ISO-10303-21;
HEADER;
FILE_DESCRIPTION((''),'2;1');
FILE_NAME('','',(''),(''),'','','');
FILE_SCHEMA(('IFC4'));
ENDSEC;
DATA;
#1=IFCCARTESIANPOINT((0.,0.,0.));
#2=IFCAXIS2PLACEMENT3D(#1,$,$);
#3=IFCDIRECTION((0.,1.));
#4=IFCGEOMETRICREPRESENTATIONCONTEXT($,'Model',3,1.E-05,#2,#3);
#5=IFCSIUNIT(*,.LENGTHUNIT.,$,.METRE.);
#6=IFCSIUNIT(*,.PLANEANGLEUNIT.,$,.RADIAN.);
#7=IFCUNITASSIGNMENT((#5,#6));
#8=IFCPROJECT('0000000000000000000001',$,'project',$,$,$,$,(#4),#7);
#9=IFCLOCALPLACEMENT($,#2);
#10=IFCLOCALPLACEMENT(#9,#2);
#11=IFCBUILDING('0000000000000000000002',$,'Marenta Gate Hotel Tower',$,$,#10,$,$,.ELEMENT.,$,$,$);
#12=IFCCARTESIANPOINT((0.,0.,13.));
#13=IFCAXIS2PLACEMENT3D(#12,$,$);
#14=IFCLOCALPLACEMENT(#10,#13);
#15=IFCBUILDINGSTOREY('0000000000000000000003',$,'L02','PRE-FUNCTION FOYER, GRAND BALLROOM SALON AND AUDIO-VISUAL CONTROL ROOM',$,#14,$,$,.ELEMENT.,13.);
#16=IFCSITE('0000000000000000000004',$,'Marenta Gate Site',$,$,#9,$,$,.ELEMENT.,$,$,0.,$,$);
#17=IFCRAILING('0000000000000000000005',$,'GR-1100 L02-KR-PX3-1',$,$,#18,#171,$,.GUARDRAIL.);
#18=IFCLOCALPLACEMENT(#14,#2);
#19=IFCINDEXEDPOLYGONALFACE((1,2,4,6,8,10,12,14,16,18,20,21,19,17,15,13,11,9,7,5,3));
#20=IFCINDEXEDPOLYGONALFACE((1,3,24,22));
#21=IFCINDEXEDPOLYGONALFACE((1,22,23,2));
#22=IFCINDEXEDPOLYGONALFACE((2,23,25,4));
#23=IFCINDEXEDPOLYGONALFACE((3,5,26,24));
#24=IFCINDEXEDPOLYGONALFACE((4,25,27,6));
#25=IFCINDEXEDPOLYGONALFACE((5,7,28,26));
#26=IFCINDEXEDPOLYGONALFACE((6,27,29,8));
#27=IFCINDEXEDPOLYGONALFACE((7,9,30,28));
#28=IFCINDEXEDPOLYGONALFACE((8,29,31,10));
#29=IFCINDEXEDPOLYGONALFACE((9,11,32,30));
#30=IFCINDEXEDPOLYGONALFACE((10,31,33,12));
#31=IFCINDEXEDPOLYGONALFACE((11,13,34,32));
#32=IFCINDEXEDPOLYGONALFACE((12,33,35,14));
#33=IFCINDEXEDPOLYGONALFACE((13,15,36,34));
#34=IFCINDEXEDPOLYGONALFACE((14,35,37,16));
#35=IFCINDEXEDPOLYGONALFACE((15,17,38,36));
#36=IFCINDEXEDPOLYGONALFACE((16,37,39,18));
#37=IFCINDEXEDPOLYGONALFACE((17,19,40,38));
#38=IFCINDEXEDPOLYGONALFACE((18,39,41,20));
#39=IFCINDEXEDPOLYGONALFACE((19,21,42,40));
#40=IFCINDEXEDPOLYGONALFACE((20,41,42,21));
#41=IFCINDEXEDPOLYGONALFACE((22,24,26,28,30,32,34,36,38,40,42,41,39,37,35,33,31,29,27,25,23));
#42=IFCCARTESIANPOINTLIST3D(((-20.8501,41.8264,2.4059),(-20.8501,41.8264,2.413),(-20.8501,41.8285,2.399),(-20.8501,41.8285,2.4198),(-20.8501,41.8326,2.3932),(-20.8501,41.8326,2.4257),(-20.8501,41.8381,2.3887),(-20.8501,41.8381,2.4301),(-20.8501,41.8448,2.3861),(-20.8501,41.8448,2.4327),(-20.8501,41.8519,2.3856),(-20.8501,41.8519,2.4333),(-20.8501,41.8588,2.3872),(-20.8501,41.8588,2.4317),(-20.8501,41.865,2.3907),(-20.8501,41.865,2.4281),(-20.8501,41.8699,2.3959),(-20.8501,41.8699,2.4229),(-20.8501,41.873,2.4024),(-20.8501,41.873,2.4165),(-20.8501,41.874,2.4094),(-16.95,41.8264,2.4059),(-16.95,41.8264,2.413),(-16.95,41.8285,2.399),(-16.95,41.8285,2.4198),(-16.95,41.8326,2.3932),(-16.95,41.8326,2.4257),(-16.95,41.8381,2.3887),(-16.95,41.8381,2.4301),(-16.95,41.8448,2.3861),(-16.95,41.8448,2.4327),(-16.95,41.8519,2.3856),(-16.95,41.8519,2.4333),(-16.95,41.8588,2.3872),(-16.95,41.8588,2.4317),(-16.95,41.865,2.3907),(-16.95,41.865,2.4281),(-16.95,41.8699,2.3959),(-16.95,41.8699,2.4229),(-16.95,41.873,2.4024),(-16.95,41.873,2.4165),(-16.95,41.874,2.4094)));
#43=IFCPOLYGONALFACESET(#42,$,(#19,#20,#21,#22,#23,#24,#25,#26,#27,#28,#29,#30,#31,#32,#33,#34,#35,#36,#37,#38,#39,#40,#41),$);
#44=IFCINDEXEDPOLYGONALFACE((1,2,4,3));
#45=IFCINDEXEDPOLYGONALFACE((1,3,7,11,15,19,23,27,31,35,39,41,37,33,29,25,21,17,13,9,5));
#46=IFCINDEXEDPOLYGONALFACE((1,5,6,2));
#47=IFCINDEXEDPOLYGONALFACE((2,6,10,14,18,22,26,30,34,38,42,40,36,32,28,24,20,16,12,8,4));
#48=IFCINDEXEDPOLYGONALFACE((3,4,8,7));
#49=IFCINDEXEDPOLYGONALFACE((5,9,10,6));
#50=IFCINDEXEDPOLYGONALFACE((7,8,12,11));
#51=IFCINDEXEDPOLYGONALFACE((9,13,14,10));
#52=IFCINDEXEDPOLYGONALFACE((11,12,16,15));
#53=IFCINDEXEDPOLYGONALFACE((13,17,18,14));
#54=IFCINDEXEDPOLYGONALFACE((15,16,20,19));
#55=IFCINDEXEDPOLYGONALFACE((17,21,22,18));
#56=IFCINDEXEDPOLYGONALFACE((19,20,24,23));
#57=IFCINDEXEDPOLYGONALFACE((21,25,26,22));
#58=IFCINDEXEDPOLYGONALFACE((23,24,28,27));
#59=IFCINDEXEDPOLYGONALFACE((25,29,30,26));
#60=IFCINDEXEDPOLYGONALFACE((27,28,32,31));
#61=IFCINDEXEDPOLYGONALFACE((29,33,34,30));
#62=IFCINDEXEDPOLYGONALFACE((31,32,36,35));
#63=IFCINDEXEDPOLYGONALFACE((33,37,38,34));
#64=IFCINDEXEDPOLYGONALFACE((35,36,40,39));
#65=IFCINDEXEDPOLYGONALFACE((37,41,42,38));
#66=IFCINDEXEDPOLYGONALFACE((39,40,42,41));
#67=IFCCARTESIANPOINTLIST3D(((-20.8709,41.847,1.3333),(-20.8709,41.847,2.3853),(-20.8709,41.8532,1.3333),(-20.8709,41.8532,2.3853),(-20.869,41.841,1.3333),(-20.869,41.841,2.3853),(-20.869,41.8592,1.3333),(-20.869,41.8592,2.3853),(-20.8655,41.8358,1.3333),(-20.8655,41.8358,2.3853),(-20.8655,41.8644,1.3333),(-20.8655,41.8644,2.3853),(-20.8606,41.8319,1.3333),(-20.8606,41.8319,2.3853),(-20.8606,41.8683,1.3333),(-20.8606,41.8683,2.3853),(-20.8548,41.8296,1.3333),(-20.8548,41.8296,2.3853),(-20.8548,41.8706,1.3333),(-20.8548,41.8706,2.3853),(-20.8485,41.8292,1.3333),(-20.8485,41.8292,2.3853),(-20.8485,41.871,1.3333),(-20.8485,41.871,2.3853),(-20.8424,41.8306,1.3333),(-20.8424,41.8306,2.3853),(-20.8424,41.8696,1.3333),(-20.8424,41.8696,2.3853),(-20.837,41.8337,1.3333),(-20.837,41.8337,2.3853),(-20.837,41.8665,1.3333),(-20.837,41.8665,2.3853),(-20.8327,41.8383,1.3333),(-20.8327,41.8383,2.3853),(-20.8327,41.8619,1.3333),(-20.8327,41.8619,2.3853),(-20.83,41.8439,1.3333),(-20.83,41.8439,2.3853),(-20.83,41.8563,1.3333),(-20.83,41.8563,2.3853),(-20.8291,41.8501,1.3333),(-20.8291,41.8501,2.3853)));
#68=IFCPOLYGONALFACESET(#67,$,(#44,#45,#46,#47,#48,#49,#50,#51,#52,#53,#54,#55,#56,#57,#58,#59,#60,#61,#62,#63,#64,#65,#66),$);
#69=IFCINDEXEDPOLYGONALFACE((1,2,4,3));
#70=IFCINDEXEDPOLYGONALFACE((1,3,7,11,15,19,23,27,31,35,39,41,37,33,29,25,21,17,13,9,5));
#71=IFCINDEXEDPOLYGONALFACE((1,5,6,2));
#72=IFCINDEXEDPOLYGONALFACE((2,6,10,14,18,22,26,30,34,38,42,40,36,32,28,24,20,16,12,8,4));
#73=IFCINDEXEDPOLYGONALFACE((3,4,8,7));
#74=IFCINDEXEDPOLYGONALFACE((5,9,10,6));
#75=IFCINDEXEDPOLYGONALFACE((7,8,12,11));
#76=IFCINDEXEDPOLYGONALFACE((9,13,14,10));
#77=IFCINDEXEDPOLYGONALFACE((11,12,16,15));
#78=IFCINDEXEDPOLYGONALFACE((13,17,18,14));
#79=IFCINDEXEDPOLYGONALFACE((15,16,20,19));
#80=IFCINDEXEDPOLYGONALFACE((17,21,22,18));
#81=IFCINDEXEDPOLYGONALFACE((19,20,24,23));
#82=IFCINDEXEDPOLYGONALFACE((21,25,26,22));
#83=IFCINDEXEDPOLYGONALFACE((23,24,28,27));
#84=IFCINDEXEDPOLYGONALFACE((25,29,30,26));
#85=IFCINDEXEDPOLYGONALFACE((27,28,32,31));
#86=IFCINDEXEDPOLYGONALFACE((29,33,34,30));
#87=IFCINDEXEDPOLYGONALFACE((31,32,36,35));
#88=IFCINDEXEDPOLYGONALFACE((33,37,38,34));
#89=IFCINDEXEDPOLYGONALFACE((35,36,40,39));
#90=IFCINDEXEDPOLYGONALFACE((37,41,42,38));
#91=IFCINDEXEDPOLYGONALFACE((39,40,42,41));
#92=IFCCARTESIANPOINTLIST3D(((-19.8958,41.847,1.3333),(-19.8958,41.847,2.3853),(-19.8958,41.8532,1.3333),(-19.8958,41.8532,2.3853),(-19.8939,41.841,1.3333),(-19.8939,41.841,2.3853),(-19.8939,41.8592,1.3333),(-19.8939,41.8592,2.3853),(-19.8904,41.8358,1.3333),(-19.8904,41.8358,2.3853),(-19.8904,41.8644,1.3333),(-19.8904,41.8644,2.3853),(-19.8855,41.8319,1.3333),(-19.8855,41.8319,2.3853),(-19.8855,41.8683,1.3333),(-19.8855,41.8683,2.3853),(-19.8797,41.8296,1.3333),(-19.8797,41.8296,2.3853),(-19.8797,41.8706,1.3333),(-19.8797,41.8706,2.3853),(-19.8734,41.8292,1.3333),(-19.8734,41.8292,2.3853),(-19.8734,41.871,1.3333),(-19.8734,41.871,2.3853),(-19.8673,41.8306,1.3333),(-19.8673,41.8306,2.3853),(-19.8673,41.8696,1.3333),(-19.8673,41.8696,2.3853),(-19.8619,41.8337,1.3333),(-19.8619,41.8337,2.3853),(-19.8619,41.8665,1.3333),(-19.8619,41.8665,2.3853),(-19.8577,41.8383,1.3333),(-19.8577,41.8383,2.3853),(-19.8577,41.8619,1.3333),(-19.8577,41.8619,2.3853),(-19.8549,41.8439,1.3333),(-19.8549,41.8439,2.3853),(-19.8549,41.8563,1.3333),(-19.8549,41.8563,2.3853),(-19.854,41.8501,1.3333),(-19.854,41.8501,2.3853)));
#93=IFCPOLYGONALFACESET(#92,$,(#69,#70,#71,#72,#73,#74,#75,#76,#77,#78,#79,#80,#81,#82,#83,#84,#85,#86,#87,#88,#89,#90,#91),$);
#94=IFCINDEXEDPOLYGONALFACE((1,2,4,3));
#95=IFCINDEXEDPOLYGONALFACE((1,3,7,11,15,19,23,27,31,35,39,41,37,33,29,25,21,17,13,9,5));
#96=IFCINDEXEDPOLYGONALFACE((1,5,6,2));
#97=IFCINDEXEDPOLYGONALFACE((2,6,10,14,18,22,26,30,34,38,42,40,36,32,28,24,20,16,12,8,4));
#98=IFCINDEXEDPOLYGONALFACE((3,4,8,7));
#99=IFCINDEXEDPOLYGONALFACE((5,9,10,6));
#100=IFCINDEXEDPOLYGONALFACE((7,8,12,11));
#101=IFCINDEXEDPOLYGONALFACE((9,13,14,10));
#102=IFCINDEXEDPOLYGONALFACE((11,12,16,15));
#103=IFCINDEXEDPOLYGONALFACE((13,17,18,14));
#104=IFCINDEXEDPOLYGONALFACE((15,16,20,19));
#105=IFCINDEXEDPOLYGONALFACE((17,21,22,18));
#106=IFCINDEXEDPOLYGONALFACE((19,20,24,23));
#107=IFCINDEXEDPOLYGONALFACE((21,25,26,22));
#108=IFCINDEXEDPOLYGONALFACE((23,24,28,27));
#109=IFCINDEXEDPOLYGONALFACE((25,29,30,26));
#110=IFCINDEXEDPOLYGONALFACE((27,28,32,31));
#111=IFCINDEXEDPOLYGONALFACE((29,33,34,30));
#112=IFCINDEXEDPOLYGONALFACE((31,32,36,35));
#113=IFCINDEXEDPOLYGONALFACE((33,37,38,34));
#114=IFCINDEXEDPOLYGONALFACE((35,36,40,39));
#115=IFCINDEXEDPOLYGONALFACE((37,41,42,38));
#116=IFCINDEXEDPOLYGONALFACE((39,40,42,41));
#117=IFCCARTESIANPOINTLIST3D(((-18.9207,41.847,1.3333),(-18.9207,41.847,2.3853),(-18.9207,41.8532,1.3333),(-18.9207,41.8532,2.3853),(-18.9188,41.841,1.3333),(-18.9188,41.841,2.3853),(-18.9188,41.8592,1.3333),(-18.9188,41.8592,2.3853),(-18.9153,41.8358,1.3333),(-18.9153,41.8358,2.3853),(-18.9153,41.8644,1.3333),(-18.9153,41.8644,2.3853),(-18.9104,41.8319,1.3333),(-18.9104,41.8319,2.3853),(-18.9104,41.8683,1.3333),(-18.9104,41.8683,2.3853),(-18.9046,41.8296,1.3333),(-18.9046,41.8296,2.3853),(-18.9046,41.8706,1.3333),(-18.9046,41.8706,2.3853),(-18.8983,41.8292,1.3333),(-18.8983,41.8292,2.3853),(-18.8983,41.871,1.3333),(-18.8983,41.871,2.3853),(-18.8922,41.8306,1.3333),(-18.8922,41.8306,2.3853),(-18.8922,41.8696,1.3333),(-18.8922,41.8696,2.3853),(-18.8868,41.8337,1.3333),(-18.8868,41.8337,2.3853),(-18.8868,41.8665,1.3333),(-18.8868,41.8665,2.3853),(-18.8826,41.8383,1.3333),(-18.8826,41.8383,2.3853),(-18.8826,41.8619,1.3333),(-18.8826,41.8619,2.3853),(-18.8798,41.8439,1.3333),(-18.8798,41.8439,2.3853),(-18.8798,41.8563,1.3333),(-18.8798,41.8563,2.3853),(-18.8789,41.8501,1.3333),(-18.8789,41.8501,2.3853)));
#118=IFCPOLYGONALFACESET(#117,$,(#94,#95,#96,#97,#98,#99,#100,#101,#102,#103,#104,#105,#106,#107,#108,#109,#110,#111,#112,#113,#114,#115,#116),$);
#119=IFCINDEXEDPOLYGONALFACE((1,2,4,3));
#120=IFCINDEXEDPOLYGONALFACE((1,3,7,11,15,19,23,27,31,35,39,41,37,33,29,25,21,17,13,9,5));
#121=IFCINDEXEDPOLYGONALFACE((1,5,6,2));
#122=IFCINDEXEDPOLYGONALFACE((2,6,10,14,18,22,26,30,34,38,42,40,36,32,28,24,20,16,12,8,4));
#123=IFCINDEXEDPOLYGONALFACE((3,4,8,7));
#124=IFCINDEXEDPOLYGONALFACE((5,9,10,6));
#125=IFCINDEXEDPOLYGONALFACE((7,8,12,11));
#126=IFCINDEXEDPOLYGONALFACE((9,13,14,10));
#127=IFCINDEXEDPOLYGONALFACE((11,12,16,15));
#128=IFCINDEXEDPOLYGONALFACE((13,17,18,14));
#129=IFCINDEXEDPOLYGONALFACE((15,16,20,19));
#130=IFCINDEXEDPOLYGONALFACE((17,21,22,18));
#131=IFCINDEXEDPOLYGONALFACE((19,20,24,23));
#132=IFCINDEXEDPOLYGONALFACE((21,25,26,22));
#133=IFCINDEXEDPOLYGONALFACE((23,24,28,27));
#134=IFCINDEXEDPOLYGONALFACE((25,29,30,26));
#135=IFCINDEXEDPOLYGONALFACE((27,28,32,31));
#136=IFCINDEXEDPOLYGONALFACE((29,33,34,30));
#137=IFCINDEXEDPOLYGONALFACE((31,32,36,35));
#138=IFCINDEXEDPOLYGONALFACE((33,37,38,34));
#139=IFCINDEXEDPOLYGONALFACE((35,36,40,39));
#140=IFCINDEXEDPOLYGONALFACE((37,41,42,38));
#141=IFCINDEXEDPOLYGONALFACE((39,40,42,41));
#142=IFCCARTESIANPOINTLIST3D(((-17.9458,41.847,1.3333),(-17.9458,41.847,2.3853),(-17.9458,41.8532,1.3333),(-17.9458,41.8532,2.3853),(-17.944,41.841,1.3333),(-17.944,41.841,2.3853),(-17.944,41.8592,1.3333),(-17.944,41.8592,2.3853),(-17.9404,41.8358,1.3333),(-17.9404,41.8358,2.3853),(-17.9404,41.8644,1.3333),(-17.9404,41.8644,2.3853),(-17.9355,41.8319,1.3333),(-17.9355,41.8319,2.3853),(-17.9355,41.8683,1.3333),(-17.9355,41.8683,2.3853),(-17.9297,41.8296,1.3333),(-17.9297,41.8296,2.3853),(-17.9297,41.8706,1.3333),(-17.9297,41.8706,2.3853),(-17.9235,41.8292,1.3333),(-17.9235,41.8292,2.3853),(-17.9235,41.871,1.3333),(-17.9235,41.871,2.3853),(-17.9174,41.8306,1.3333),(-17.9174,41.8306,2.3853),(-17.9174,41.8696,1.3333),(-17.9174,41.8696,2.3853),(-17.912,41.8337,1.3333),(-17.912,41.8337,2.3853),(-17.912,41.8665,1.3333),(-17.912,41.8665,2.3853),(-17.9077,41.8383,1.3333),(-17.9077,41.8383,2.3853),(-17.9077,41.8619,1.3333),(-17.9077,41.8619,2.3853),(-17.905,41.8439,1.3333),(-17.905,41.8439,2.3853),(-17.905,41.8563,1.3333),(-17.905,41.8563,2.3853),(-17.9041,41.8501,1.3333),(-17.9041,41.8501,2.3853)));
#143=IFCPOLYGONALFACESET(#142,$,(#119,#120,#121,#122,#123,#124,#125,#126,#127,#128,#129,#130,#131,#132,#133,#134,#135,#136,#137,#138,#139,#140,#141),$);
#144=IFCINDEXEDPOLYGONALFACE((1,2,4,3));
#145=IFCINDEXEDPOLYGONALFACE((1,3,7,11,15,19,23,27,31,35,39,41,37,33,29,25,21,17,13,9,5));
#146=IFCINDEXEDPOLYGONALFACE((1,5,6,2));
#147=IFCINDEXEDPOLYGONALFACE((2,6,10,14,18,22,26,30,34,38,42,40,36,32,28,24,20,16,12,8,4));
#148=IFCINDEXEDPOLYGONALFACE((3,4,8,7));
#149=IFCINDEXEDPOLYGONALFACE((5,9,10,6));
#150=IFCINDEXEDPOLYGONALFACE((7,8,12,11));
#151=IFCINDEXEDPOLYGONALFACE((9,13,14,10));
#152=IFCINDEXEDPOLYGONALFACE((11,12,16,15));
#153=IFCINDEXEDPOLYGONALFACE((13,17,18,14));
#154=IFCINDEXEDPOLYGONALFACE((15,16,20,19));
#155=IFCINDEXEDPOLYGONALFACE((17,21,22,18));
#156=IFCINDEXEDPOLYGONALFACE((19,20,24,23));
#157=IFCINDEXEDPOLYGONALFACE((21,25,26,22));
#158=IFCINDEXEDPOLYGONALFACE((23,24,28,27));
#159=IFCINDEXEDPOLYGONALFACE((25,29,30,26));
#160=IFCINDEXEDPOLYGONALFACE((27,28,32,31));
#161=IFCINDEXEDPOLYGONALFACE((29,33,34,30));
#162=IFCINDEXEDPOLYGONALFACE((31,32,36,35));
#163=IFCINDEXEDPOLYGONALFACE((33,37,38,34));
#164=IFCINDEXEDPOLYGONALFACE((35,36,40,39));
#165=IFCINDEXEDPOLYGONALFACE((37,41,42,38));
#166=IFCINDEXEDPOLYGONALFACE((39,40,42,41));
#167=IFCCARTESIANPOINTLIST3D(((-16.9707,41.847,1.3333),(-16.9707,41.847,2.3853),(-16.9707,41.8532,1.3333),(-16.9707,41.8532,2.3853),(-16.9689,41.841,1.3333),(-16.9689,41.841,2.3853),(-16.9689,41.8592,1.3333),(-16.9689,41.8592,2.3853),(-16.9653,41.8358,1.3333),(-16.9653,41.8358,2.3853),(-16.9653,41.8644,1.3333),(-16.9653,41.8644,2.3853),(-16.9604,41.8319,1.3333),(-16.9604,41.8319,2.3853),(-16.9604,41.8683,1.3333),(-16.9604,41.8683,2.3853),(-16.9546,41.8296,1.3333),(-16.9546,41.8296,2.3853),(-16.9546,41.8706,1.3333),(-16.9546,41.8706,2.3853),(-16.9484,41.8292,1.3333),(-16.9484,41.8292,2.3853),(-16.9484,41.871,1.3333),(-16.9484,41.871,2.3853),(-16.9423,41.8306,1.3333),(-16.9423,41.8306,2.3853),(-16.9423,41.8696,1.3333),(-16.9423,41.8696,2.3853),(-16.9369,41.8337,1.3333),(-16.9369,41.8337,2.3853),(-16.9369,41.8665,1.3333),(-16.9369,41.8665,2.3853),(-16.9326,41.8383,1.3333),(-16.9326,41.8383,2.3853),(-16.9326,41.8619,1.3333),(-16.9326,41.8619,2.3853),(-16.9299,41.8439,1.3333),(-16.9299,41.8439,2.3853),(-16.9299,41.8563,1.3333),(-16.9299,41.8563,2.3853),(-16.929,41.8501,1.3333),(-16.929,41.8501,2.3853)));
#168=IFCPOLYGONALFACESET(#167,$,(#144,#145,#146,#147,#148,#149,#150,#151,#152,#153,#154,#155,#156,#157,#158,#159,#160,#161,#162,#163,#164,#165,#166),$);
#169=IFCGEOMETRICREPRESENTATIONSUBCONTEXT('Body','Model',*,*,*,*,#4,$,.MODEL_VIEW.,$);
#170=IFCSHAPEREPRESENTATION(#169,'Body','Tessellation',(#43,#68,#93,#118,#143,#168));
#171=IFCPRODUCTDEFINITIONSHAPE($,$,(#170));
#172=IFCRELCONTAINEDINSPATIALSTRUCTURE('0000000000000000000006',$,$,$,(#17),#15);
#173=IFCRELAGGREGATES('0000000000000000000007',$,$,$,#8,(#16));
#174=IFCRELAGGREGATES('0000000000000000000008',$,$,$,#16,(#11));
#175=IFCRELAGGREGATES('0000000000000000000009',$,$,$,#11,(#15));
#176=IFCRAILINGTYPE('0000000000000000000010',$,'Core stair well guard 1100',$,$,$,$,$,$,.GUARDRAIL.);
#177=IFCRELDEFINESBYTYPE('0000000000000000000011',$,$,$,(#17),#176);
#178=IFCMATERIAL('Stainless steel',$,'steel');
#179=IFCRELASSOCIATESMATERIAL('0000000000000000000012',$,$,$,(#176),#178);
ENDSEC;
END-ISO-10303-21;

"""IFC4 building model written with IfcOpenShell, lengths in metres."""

from ifc_helpers import new_model, si_unit, direction, frame, origin, origin_2d, place, context, subcontext, project, spatial, circle, extrude, material, type_object, element, save


model = new_model("IFC4")

# Units and contexts
model_context = context("Model", 3, precision=1e-05, world=origin(), true_north=direction((0.0, 1.0)))
body_context = subcontext(model_context, "Body", "Model", "MODEL_VIEW")
ifc_project = project(units=[si_unit("LENGTHUNIT", "METRE"), si_unit("PLANEANGLEUNIT", "RADIAN")], contexts=[model_context])

# Site, building, storey
site_placement = place(None, origin())
site = spatial("IfcSite", under=ifc_project, at=site_placement, Name="Marenta Gate Site", CompositionType="ELEMENT", RefElevation=0.0)
building_placement = place(site_placement, origin())
building = spatial("IfcBuilding", under=site, at=building_placement, Name="Marenta Gate Hotel Tower", CompositionType="ELEMENT")
storey_placement = place(building_placement, frame((0.0, 0.0, 13.0)))
storey = spatial("IfcBuildingStorey", under=building, at=storey_placement, Name="L02", Description="PRE-FUNCTION FOYER, GRAND BALLROOM SALON AND AUDIO-VISUAL CONTROL ROOM", CompositionType="ELEMENT", Elevation=13.0)

# Railing
ifc_material_1 = material(Name="Stainless steel", Category="steel")
railing_type_1 = type_object("IfcRailingType", Name="Core stair well guard 1100", PredefinedType="GUARDRAIL", material=ifc_material_1)
railing_1_placement = place(storey_placement, frame((-20.8501, 41.8501, 1.3333)))
element("IfcRailing", 1, at=railing_1_placement, inside=storey, type_object=railing_type_1, Name="GR-1100 L02-KR-PX3-1", PredefinedType="GUARDRAIL", context=body_context, shape_type="SweptSolid", body=[
    extrude(circle(Radius=0.0239, at=origin_2d()), frame((0.0, 0.0, 1.0762), z_axis=(1.0, 0.0, 0.0), x_axis=(0.0, 1.0, 0.0)), (0.0, 0.0, 1.0), 3.9001),
    extrude(circle(Radius=0.021, at=origin_2d()), origin(), (0.0, 0.0, 1.0), 1.052),
    extrude(circle(Radius=0.021, at=origin_2d()), frame((0.9751, 0.0, 0.0)), (0.0, 0.0, 1.0), 1.052),
    extrude(circle(Radius=0.021, at=origin_2d()), frame((1.9502, 0.0, 0.0)), (0.0, 0.0, 1.0), 1.052),
    extrude(circle(Radius=0.021, at=origin_2d()), frame((2.925, 0.0, 0.0)), (0.0, 0.0, 1.0), 1.052),
    extrude(circle(Radius=0.021, at=origin_2d()), frame((3.9001, 0.0, 0.0)), (0.0, 0.0, 1.0), 1.052),
])

save(model, "model.ifc")
